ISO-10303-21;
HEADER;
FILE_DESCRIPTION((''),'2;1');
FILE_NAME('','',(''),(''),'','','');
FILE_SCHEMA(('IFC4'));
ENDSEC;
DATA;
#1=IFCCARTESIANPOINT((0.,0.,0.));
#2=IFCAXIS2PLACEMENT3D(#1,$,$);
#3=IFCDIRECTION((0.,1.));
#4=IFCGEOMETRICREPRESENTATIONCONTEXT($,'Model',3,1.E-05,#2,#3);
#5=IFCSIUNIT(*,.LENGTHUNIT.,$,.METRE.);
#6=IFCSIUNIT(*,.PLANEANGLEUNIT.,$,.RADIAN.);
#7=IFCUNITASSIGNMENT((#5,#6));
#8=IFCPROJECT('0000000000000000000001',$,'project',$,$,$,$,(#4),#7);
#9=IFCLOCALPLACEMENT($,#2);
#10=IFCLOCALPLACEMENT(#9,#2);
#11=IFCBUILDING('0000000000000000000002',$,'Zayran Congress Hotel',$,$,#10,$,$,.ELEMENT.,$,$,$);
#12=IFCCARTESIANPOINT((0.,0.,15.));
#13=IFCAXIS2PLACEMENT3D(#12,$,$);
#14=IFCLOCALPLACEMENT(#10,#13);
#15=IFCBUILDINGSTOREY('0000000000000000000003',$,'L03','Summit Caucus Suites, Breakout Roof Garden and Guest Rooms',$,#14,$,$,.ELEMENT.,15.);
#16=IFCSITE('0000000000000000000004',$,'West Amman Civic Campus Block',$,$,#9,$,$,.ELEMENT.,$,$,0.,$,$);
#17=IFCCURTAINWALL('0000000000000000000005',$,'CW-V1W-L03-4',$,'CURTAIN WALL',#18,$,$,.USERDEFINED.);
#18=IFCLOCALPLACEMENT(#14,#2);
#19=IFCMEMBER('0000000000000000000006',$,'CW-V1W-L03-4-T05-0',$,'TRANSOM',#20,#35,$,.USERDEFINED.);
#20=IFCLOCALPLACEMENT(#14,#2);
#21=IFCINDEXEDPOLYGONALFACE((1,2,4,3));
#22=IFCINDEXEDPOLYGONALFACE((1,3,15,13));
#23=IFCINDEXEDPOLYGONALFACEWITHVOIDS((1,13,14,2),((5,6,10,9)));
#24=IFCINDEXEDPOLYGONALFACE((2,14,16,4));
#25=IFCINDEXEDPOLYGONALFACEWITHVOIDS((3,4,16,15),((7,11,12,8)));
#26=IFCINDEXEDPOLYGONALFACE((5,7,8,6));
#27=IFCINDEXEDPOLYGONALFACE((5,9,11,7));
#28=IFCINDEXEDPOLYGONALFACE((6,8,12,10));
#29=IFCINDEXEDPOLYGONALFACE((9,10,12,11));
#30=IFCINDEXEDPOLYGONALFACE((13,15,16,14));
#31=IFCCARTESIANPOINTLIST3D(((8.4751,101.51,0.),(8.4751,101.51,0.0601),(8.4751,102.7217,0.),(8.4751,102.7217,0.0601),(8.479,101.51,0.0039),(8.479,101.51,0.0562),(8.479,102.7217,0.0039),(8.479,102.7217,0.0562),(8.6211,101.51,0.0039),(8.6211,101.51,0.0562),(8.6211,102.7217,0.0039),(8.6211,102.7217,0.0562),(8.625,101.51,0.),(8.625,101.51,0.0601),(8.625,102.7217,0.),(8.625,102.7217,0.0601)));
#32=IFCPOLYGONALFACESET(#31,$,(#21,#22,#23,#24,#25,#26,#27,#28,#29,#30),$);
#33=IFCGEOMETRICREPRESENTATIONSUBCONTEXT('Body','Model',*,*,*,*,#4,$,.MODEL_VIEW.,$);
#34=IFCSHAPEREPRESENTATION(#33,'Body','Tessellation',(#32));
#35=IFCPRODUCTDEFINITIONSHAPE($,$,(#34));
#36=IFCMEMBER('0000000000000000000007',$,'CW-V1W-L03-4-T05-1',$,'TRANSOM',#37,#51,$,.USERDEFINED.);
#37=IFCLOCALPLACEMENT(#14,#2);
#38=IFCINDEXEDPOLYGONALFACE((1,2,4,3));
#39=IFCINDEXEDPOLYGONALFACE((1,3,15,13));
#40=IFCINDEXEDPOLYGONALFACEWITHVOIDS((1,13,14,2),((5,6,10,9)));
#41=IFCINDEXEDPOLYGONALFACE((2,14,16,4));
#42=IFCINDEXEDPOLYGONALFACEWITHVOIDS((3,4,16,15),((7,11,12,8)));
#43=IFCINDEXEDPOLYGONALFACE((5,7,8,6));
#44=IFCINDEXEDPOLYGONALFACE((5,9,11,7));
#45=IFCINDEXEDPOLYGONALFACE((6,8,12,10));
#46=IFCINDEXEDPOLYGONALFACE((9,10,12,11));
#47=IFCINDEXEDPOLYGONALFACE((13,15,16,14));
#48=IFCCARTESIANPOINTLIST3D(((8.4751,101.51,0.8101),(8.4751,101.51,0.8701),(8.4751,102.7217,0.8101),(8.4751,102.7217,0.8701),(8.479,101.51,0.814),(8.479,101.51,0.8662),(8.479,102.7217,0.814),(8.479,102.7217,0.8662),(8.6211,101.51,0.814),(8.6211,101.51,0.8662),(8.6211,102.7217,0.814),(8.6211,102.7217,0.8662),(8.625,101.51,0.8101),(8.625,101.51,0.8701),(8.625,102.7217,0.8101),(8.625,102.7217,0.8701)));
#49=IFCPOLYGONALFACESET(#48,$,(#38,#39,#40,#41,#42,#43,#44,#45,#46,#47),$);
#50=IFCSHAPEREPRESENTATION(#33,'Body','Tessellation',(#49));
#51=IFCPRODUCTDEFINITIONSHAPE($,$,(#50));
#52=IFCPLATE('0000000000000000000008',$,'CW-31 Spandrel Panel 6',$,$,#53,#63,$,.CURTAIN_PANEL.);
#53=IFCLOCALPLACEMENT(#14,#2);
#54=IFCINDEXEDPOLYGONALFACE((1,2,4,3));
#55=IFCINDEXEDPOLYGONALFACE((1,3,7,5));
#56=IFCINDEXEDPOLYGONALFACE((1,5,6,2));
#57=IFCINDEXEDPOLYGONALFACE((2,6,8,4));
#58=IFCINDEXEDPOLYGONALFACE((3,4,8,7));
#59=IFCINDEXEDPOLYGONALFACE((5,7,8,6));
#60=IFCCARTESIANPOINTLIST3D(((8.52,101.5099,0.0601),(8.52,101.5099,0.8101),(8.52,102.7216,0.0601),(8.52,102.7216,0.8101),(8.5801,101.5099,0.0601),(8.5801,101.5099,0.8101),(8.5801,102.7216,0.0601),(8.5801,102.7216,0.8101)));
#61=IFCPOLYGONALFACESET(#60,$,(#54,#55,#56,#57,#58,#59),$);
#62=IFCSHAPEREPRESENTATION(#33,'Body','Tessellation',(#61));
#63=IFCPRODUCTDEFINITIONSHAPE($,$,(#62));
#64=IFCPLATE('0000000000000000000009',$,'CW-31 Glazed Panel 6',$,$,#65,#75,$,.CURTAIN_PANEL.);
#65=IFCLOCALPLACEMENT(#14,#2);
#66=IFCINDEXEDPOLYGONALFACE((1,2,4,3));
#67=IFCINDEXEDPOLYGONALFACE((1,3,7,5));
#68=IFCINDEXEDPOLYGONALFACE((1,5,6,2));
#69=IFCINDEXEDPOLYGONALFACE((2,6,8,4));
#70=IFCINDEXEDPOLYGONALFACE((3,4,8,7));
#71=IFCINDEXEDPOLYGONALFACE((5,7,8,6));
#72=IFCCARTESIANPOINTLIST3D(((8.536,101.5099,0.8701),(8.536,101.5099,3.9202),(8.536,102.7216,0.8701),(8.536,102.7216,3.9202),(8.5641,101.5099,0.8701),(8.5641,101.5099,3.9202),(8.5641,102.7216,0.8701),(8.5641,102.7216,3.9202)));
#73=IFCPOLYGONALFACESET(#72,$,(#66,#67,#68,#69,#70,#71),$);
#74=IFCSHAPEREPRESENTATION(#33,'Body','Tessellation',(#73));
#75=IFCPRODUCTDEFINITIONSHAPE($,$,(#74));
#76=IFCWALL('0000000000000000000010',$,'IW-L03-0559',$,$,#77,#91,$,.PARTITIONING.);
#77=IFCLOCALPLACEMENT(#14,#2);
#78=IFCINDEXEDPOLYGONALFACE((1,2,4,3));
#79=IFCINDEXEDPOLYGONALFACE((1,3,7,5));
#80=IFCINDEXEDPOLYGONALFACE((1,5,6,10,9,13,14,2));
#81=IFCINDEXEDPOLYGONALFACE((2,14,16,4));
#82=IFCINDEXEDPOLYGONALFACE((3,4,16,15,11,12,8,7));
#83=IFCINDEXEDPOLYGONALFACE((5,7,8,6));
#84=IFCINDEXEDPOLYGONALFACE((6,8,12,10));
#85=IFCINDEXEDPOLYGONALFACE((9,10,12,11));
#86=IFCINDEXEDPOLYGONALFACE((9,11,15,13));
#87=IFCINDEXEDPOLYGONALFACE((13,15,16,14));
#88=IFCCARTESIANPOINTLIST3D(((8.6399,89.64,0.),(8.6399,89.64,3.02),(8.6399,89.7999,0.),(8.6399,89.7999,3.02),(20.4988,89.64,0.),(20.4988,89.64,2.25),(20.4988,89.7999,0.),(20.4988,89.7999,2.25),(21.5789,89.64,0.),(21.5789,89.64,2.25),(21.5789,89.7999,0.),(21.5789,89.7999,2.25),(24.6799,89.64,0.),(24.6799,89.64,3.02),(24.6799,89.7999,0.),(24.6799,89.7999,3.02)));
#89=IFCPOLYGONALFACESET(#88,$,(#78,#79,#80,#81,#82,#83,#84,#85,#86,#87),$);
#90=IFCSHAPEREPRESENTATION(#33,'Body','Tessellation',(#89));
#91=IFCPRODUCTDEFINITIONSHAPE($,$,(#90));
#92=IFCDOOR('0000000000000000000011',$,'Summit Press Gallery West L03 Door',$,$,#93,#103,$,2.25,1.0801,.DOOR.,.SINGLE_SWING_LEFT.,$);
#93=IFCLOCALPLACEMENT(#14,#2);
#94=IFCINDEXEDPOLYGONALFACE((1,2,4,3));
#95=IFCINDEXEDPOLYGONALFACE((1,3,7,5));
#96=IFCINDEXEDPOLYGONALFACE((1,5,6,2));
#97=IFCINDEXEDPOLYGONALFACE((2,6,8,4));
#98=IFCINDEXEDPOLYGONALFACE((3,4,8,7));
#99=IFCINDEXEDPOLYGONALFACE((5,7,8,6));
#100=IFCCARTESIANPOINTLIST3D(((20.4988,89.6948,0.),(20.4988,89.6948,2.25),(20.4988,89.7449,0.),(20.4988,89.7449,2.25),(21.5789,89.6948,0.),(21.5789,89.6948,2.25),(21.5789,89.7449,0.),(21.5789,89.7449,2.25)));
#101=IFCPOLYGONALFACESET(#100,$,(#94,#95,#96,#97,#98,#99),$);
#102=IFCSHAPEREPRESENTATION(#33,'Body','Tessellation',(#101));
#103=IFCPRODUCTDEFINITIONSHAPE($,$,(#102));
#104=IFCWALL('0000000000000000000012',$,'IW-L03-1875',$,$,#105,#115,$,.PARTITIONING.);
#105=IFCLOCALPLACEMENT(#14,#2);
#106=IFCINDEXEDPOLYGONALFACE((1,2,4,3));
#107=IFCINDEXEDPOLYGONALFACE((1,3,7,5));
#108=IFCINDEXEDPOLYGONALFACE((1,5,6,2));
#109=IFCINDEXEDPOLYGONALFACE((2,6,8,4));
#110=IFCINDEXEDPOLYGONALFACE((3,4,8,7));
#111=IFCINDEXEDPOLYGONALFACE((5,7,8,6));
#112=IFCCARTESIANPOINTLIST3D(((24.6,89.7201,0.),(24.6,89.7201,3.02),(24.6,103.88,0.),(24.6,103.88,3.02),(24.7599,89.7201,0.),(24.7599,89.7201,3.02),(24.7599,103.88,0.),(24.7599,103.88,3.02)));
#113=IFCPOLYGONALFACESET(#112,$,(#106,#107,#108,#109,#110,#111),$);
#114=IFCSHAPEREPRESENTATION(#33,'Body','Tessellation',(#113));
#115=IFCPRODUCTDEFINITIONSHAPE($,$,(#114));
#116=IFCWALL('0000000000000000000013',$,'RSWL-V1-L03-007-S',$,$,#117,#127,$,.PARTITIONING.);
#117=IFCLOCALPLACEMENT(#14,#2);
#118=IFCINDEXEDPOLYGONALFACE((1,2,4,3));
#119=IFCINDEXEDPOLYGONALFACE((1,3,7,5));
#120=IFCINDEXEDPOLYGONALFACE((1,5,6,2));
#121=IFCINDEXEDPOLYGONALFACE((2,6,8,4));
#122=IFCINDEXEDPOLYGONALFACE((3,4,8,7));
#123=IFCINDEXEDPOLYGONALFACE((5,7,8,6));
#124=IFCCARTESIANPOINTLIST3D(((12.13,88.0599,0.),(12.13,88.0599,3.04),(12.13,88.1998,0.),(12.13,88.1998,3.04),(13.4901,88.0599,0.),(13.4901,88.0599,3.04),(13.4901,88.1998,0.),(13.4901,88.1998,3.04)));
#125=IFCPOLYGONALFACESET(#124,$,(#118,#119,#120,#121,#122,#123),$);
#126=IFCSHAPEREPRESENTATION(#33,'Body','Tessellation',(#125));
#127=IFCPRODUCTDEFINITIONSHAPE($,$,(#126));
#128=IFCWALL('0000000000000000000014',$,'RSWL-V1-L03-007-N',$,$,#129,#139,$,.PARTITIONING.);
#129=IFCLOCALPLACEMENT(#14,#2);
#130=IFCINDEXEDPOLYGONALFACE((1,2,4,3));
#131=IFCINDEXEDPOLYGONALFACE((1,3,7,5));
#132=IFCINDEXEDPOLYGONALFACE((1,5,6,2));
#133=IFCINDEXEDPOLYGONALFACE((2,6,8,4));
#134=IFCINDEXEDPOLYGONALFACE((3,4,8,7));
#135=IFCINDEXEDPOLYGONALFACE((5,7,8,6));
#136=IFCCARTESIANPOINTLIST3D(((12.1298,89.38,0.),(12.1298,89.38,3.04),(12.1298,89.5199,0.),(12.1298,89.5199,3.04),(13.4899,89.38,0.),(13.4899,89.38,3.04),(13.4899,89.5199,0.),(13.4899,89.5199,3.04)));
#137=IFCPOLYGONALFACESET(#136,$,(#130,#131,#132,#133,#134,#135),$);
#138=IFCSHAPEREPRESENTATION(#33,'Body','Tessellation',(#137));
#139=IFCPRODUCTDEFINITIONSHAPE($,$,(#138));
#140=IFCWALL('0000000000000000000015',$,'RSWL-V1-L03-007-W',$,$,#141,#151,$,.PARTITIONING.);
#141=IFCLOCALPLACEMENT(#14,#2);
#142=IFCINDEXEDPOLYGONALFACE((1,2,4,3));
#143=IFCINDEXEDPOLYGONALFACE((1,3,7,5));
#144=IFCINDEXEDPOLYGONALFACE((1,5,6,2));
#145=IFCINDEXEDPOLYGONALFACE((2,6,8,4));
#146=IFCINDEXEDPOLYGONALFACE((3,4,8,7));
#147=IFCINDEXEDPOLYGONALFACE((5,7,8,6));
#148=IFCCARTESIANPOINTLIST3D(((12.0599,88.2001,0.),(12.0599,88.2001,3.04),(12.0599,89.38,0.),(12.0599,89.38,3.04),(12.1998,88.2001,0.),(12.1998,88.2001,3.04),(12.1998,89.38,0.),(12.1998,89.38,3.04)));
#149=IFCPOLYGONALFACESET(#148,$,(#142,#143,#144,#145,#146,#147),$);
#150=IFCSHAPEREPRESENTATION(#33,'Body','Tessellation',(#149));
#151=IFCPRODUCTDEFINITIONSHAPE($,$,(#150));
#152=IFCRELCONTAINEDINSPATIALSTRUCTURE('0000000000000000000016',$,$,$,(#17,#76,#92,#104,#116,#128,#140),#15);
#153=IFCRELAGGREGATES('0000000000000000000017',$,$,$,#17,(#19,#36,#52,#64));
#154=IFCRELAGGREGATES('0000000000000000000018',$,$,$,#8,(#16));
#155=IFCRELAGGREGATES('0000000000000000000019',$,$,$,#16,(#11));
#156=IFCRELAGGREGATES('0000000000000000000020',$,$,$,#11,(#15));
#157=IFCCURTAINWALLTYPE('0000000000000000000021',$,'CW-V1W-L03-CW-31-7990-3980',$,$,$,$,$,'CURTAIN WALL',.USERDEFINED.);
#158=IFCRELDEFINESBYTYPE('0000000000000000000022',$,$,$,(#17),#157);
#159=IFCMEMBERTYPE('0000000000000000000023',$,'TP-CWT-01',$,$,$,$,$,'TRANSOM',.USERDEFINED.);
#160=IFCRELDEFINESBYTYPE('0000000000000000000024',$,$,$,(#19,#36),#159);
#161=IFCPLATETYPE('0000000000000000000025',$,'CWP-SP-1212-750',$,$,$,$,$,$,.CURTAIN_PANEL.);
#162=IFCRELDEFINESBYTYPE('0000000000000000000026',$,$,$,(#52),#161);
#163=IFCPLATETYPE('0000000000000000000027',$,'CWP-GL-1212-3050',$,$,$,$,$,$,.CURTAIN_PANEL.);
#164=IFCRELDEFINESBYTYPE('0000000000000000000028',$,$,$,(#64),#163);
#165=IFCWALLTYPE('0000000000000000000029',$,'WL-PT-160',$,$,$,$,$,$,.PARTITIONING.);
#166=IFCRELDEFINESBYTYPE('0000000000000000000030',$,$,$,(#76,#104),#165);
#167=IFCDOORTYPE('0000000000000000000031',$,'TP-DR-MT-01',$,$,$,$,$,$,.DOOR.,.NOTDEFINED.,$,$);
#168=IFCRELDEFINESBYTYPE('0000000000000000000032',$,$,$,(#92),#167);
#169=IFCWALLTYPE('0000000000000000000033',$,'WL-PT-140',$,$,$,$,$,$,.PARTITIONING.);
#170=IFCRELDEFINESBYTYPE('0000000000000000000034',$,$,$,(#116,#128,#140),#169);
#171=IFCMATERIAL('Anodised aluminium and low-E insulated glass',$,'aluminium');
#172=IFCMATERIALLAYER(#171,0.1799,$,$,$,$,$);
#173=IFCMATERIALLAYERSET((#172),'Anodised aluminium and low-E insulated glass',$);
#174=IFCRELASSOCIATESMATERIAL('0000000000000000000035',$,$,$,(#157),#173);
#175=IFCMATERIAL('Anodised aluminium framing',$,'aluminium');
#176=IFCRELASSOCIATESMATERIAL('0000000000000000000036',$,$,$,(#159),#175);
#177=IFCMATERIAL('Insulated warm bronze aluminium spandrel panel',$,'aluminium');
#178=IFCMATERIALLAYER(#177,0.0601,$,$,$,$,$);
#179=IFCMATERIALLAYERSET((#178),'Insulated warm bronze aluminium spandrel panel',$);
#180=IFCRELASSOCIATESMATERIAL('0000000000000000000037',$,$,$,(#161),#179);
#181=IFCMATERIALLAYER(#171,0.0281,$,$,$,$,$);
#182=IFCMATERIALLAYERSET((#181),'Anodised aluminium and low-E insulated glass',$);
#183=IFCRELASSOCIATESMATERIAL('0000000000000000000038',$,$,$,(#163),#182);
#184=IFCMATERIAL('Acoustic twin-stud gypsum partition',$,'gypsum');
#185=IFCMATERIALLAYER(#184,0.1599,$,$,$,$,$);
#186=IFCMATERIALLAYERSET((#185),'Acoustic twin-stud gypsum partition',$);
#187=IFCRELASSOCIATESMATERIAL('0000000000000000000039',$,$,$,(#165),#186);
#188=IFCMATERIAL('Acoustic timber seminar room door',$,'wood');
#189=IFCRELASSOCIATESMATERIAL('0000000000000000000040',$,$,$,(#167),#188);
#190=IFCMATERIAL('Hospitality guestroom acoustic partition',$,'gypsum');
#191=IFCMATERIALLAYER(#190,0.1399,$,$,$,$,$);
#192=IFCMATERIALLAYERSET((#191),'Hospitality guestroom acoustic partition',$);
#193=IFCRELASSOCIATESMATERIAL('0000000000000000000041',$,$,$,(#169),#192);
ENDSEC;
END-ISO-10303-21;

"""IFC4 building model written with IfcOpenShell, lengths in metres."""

from ifc_helpers import new_model, si_unit, direction, frame, frame_2d, origin, origin_2d, place, context, subcontext, project, spatial, rectangle, hollow_rectangle, extrude, material, layer, layer_set, material_profile, profile_set, type_object, element, fill, aggregate, save


model = new_model("IFC4")

# Units and contexts
model_context = context("Model", 3, precision=1e-05, world=origin(), true_north=direction((0.0, 1.0)))
body_context = subcontext(model_context, "Body", "Model", "MODEL_VIEW")
ifc_project = project(units=[si_unit("LENGTHUNIT", "METRE"), si_unit("PLANEANGLEUNIT", "RADIAN")], contexts=[model_context])

# Site, building, storey
site_placement = place(None, origin())
site = spatial("IfcSite", under=ifc_project, at=site_placement, Name="West Amman Civic Campus Block", CompositionType="ELEMENT", RefElevation=0.0)
building_placement = place(site_placement, origin())
building = spatial("IfcBuilding", under=site, at=building_placement, Name="Zayran Congress Hotel", CompositionType="ELEMENT")
storey_placement = place(building_placement, frame((0.0, 0.0, 15.0)))
storey = spatial("IfcBuildingStorey", under=building, at=storey_placement, Name="L03", Description="Summit Caucus Suites, Breakout Roof Garden and Guest Rooms", CompositionType="ELEMENT", Elevation=15.0)

# Shared definitions
ifc_material_1 = material(Name="Anodised aluminium and low-E insulated glass", Category="aluminium")
ifc_material_2 = material(Name="Anodised aluminium framing", Category="aluminium")

# Curtain wall, members, plates
ifc_layer_1 = layer(ifc_material_1, 0.1799)
ifc_layer_set_1 = layer_set([ifc_layer_1], Name="Anodised aluminium and low-E insulated glass")
curtain_wall_type_1 = type_object("IfcCurtainWallType", Name="CW-V1W-L03-CW-31-7990-3980", ElementType="CURTAIN WALL", PredefinedType="USERDEFINED", material=ifc_layer_set_1)
curtain_wall_1_placement = place(storey_placement, origin())
curtain_wall_1 = element("IfcCurtainWall", 1, at=curtain_wall_1_placement, inside=storey, type_object=curtain_wall_type_1, Name="CW-V1W-L03-4", ObjectType="CURTAIN WALL", PredefinedType="USERDEFINED")
ifc_material_profile_1 = material_profile(ifc_material_2, hollow_rectangle(XDim=0.0601, YDim=0.1499, WallThickness=0.0039, at=origin_2d()), Name="RHS 150x60x4")
ifc_profile_set_1 = profile_set([ifc_material_profile_1], Name="Anodised aluminium framing")
member_type_1 = type_object("IfcMemberType", Name="TP-CWT-01", ElementType="TRANSOM", PredefinedType="USERDEFINED", material=ifc_profile_set_1)
member_1_placement = place(storey_placement, frame((8.55, 102.7217, 0.03), z_axis=(0.0, -1.0, 0.0), x_axis=(0.0, 0.0, 1.0)))
member_1 = element("IfcMember", 2, at=member_1_placement, type_object=member_type_1, Name="CW-V1W-L03-4-T05-0", ObjectType="TRANSOM", PredefinedType="USERDEFINED", context=body_context, shape_type="SweptSolid", body=[
    extrude(hollow_rectangle(XDim=0.0601, YDim=0.1499, WallThickness=0.0039, at=origin_2d()), origin(), (0.0, 0.0, 1.0), 1.2117),
])
member_2_placement = place(storey_placement, frame((8.55, 102.7217, 0.8401), z_axis=(0.0, -1.0, 0.0), x_axis=(0.0, 0.0, 1.0)))
member_2 = element("IfcMember", 3, at=member_2_placement, type_object=member_type_1, Name="CW-V1W-L03-4-T05-1", ObjectType="TRANSOM", PredefinedType="USERDEFINED", context=body_context, shape_type="SweptSolid", body=[
    extrude(hollow_rectangle(XDim=0.0601, YDim=0.1499, WallThickness=0.0039, at=origin_2d()), origin(), (0.0, 0.0, 1.0), 1.2117),
])
ifc_material_3 = material(Name="Insulated warm bronze aluminium spandrel panel", Category="aluminium")
ifc_layer_2 = layer(ifc_material_3, 0.0601)
ifc_layer_set_2 = layer_set([ifc_layer_2], Name="Insulated warm bronze aluminium spandrel panel")
plate_type_1 = type_object("IfcPlateType", Name="CWP-SP-1212-750", PredefinedType="CURTAIN_PANEL", material=ifc_layer_set_2)
plate_1_placement = place(storey_placement, frame((8.55, 102.1157, 0.0601), z_axis=(0.0, 0.0, 1.0), x_axis=(0.0, 1.0, 0.0)))
plate_1 = element("IfcPlate", 4, at=plate_1_placement, type_object=plate_type_1, Name="CW-31 Spandrel Panel 6", PredefinedType="CURTAIN_PANEL", context=body_context, shape_type="SweptSolid", body=[
    extrude(rectangle(XDim=1.2117, YDim=0.0601, at=origin_2d()), origin(), (0.0, 0.0, 1.0), 0.75),
])
ifc_layer_3 = layer(ifc_material_1, 0.0281)
ifc_layer_set_3 = layer_set([ifc_layer_3], Name="Anodised aluminium and low-E insulated glass")
plate_type_2 = type_object("IfcPlateType", Name="CWP-GL-1212-3050", PredefinedType="CURTAIN_PANEL", material=ifc_layer_set_3)
plate_2_placement = place(storey_placement, frame((8.55, 102.1157, 0.8701), z_axis=(0.0, 0.0, 1.0), x_axis=(0.0, 1.0, 0.0)))
plate_2 = element("IfcPlate", 5, at=plate_2_placement, type_object=plate_type_2, Name="CW-31 Glazed Panel 6", PredefinedType="CURTAIN_PANEL", context=body_context, shape_type="SweptSolid", body=[
    extrude(rectangle(XDim=1.2117, YDim=0.0281, at=origin_2d()), origin(), (0.0, 0.0, 1.0), 3.05),
])
aggregate(curtain_wall_1, [member_1, member_2, plate_1, plate_2])

# Wall, opening, door
ifc_material_4 = material(Name="Acoustic twin-stud gypsum partition", Category="gypsum")
ifc_layer_4 = layer(ifc_material_4, 0.1599)
ifc_layer_set_4 = layer_set([ifc_layer_4], Name="Acoustic twin-stud gypsum partition")
wall_type_1 = type_object("IfcWallType", Name="WL-PT-160", PredefinedType="PARTITIONING", material=ifc_layer_set_4)
wall_1_placement = place(storey_placement, frame((8.6399, 89.72, 0.0), z_axis=(0.0, 0.0, 1.0), x_axis=(1.0, 0.0, 0.0)))
wall_1 = element("IfcWall", 6, at=wall_1_placement, inside=storey, type_object=wall_type_1, Name="IW-L03-0559", PredefinedType="PARTITIONING", context=body_context, shape_type="SweptSolid", body=[
    extrude(rectangle(XDim=16.04, YDim=0.1599, at=frame_2d((8.02, 0.0))), origin(), (0.0, 0.0, 1.0), 3.02),
])
opening_placement = place(wall_1_placement, frame((11.8589, 0.0, 0.0)))
opening = element("IfcOpeningElement", 7, at=opening_placement, cuts=wall_1, PredefinedType="OPENING", context=body_context, shape_type="SweptSolid", body=[
    extrude(rectangle(XDim=1.0801, YDim=2.25, at=frame_2d((0.54, 1.125))), frame((0.0, 0.0898, 0.0), z_axis=(0.0, -1.0, 0.0), x_axis=(1.0, 0.0, 0.0)), (0.0, 0.0, 1.0), 0.1799),
])
ifc_material_5 = material(Name="Acoustic timber seminar room door", Category="wood")
door_type = type_object("IfcDoorType", Name="TP-DR-MT-01", OperationType="NOTDEFINED", PredefinedType="DOOR", material=ifc_material_5)
door_placement = place(opening_placement, origin())
door = element("IfcDoor", 8, at=door_placement, inside=storey, type_object=door_type, Name="Summit Press Gallery West L03 Door", OperationType="SINGLE_SWING_LEFT", OverallHeight=2.25, OverallWidth=1.0801, PredefinedType="DOOR", context=body_context, shape_type="SweptSolid", body=[
    extrude(rectangle(XDim=1.0801, YDim=2.25, at=frame_2d((0.54, 1.125))), frame((0.0, 0.0249, 0.0), z_axis=(0.0, -1.0, 0.0), x_axis=(1.0, 0.0, 0.0)), (0.0, 0.0, 1.0), 0.05),
])
fill(opening, door)

# Walls
wall_2_placement = place(storey_placement, frame((24.6799, 89.72, 0.0), z_axis=(0.0, 0.0, 1.0), x_axis=(0.0, 1.0, 0.0)))
element("IfcWall", 9, at=wall_2_placement, inside=storey, type_object=wall_type_1, Name="IW-L03-1875", PredefinedType="PARTITIONING", context=body_context, shape_type="SweptSolid", body=[
    extrude(rectangle(XDim=14.1599, YDim=0.1599, at=frame_2d((7.0801, 0.0))), origin(), (0.0, 0.0, 1.0), 3.02),
])
ifc_material_6 = material(Name="Hospitality guestroom acoustic partition", Category="gypsum")
ifc_layer_5 = layer(ifc_material_6, 0.1399)
ifc_layer_set_5 = layer_set([ifc_layer_5], Name="Hospitality guestroom acoustic partition")
wall_type_2 = type_object("IfcWallType", Name="WL-PT-140", PredefinedType="PARTITIONING", material=ifc_layer_set_5)
for number, where, z_axis, x_axis, name in (
    (10, (12.1299, 88.1299, 0.0), (0.0, 0.0, 1.0), (1.0, 0.0, 0.0), "RSWL-V1-L03-007-S"),
    (11, (13.49, 89.45, 0.0), (0.0, 0.0, 1.0), (-1.0, 0.0, 0.0), "RSWL-V1-L03-007-N"),
):
    element("IfcWall", number, at=place(storey_placement, frame(where, z_axis=z_axis, x_axis=x_axis)), inside=storey, type_object=wall_type_2, Name=name, PredefinedType="PARTITIONING", context=body_context, shape_type="SweptSolid", body=[
        extrude(rectangle(XDim=1.3601, YDim=0.1399, at=frame_2d((0.6802, 0.0))), origin(), (0.0, 0.0, 1.0), 3.04),
    ])
for number, where, z_axis, x_axis, name in (
    (12, (12.1299, 89.3799, 0.0), (0.0, 0.0, 1.0), (0.0, -1.0, 0.0), "RSWL-V1-L03-007-W"),
):
    element("IfcWall", number, at=place(storey_placement, frame(where, z_axis=z_axis, x_axis=x_axis)), inside=storey, type_object=wall_type_2, Name=name, PredefinedType="PARTITIONING", context=body_context, shape_type="SweptSolid", body=[
        extrude(rectangle(XDim=1.1799, YDim=0.1399, at=frame_2d((0.5898, 0.0))), origin(), (0.0, 0.0, 1.0), 3.04),
    ])

save(model, "model.ifc")
